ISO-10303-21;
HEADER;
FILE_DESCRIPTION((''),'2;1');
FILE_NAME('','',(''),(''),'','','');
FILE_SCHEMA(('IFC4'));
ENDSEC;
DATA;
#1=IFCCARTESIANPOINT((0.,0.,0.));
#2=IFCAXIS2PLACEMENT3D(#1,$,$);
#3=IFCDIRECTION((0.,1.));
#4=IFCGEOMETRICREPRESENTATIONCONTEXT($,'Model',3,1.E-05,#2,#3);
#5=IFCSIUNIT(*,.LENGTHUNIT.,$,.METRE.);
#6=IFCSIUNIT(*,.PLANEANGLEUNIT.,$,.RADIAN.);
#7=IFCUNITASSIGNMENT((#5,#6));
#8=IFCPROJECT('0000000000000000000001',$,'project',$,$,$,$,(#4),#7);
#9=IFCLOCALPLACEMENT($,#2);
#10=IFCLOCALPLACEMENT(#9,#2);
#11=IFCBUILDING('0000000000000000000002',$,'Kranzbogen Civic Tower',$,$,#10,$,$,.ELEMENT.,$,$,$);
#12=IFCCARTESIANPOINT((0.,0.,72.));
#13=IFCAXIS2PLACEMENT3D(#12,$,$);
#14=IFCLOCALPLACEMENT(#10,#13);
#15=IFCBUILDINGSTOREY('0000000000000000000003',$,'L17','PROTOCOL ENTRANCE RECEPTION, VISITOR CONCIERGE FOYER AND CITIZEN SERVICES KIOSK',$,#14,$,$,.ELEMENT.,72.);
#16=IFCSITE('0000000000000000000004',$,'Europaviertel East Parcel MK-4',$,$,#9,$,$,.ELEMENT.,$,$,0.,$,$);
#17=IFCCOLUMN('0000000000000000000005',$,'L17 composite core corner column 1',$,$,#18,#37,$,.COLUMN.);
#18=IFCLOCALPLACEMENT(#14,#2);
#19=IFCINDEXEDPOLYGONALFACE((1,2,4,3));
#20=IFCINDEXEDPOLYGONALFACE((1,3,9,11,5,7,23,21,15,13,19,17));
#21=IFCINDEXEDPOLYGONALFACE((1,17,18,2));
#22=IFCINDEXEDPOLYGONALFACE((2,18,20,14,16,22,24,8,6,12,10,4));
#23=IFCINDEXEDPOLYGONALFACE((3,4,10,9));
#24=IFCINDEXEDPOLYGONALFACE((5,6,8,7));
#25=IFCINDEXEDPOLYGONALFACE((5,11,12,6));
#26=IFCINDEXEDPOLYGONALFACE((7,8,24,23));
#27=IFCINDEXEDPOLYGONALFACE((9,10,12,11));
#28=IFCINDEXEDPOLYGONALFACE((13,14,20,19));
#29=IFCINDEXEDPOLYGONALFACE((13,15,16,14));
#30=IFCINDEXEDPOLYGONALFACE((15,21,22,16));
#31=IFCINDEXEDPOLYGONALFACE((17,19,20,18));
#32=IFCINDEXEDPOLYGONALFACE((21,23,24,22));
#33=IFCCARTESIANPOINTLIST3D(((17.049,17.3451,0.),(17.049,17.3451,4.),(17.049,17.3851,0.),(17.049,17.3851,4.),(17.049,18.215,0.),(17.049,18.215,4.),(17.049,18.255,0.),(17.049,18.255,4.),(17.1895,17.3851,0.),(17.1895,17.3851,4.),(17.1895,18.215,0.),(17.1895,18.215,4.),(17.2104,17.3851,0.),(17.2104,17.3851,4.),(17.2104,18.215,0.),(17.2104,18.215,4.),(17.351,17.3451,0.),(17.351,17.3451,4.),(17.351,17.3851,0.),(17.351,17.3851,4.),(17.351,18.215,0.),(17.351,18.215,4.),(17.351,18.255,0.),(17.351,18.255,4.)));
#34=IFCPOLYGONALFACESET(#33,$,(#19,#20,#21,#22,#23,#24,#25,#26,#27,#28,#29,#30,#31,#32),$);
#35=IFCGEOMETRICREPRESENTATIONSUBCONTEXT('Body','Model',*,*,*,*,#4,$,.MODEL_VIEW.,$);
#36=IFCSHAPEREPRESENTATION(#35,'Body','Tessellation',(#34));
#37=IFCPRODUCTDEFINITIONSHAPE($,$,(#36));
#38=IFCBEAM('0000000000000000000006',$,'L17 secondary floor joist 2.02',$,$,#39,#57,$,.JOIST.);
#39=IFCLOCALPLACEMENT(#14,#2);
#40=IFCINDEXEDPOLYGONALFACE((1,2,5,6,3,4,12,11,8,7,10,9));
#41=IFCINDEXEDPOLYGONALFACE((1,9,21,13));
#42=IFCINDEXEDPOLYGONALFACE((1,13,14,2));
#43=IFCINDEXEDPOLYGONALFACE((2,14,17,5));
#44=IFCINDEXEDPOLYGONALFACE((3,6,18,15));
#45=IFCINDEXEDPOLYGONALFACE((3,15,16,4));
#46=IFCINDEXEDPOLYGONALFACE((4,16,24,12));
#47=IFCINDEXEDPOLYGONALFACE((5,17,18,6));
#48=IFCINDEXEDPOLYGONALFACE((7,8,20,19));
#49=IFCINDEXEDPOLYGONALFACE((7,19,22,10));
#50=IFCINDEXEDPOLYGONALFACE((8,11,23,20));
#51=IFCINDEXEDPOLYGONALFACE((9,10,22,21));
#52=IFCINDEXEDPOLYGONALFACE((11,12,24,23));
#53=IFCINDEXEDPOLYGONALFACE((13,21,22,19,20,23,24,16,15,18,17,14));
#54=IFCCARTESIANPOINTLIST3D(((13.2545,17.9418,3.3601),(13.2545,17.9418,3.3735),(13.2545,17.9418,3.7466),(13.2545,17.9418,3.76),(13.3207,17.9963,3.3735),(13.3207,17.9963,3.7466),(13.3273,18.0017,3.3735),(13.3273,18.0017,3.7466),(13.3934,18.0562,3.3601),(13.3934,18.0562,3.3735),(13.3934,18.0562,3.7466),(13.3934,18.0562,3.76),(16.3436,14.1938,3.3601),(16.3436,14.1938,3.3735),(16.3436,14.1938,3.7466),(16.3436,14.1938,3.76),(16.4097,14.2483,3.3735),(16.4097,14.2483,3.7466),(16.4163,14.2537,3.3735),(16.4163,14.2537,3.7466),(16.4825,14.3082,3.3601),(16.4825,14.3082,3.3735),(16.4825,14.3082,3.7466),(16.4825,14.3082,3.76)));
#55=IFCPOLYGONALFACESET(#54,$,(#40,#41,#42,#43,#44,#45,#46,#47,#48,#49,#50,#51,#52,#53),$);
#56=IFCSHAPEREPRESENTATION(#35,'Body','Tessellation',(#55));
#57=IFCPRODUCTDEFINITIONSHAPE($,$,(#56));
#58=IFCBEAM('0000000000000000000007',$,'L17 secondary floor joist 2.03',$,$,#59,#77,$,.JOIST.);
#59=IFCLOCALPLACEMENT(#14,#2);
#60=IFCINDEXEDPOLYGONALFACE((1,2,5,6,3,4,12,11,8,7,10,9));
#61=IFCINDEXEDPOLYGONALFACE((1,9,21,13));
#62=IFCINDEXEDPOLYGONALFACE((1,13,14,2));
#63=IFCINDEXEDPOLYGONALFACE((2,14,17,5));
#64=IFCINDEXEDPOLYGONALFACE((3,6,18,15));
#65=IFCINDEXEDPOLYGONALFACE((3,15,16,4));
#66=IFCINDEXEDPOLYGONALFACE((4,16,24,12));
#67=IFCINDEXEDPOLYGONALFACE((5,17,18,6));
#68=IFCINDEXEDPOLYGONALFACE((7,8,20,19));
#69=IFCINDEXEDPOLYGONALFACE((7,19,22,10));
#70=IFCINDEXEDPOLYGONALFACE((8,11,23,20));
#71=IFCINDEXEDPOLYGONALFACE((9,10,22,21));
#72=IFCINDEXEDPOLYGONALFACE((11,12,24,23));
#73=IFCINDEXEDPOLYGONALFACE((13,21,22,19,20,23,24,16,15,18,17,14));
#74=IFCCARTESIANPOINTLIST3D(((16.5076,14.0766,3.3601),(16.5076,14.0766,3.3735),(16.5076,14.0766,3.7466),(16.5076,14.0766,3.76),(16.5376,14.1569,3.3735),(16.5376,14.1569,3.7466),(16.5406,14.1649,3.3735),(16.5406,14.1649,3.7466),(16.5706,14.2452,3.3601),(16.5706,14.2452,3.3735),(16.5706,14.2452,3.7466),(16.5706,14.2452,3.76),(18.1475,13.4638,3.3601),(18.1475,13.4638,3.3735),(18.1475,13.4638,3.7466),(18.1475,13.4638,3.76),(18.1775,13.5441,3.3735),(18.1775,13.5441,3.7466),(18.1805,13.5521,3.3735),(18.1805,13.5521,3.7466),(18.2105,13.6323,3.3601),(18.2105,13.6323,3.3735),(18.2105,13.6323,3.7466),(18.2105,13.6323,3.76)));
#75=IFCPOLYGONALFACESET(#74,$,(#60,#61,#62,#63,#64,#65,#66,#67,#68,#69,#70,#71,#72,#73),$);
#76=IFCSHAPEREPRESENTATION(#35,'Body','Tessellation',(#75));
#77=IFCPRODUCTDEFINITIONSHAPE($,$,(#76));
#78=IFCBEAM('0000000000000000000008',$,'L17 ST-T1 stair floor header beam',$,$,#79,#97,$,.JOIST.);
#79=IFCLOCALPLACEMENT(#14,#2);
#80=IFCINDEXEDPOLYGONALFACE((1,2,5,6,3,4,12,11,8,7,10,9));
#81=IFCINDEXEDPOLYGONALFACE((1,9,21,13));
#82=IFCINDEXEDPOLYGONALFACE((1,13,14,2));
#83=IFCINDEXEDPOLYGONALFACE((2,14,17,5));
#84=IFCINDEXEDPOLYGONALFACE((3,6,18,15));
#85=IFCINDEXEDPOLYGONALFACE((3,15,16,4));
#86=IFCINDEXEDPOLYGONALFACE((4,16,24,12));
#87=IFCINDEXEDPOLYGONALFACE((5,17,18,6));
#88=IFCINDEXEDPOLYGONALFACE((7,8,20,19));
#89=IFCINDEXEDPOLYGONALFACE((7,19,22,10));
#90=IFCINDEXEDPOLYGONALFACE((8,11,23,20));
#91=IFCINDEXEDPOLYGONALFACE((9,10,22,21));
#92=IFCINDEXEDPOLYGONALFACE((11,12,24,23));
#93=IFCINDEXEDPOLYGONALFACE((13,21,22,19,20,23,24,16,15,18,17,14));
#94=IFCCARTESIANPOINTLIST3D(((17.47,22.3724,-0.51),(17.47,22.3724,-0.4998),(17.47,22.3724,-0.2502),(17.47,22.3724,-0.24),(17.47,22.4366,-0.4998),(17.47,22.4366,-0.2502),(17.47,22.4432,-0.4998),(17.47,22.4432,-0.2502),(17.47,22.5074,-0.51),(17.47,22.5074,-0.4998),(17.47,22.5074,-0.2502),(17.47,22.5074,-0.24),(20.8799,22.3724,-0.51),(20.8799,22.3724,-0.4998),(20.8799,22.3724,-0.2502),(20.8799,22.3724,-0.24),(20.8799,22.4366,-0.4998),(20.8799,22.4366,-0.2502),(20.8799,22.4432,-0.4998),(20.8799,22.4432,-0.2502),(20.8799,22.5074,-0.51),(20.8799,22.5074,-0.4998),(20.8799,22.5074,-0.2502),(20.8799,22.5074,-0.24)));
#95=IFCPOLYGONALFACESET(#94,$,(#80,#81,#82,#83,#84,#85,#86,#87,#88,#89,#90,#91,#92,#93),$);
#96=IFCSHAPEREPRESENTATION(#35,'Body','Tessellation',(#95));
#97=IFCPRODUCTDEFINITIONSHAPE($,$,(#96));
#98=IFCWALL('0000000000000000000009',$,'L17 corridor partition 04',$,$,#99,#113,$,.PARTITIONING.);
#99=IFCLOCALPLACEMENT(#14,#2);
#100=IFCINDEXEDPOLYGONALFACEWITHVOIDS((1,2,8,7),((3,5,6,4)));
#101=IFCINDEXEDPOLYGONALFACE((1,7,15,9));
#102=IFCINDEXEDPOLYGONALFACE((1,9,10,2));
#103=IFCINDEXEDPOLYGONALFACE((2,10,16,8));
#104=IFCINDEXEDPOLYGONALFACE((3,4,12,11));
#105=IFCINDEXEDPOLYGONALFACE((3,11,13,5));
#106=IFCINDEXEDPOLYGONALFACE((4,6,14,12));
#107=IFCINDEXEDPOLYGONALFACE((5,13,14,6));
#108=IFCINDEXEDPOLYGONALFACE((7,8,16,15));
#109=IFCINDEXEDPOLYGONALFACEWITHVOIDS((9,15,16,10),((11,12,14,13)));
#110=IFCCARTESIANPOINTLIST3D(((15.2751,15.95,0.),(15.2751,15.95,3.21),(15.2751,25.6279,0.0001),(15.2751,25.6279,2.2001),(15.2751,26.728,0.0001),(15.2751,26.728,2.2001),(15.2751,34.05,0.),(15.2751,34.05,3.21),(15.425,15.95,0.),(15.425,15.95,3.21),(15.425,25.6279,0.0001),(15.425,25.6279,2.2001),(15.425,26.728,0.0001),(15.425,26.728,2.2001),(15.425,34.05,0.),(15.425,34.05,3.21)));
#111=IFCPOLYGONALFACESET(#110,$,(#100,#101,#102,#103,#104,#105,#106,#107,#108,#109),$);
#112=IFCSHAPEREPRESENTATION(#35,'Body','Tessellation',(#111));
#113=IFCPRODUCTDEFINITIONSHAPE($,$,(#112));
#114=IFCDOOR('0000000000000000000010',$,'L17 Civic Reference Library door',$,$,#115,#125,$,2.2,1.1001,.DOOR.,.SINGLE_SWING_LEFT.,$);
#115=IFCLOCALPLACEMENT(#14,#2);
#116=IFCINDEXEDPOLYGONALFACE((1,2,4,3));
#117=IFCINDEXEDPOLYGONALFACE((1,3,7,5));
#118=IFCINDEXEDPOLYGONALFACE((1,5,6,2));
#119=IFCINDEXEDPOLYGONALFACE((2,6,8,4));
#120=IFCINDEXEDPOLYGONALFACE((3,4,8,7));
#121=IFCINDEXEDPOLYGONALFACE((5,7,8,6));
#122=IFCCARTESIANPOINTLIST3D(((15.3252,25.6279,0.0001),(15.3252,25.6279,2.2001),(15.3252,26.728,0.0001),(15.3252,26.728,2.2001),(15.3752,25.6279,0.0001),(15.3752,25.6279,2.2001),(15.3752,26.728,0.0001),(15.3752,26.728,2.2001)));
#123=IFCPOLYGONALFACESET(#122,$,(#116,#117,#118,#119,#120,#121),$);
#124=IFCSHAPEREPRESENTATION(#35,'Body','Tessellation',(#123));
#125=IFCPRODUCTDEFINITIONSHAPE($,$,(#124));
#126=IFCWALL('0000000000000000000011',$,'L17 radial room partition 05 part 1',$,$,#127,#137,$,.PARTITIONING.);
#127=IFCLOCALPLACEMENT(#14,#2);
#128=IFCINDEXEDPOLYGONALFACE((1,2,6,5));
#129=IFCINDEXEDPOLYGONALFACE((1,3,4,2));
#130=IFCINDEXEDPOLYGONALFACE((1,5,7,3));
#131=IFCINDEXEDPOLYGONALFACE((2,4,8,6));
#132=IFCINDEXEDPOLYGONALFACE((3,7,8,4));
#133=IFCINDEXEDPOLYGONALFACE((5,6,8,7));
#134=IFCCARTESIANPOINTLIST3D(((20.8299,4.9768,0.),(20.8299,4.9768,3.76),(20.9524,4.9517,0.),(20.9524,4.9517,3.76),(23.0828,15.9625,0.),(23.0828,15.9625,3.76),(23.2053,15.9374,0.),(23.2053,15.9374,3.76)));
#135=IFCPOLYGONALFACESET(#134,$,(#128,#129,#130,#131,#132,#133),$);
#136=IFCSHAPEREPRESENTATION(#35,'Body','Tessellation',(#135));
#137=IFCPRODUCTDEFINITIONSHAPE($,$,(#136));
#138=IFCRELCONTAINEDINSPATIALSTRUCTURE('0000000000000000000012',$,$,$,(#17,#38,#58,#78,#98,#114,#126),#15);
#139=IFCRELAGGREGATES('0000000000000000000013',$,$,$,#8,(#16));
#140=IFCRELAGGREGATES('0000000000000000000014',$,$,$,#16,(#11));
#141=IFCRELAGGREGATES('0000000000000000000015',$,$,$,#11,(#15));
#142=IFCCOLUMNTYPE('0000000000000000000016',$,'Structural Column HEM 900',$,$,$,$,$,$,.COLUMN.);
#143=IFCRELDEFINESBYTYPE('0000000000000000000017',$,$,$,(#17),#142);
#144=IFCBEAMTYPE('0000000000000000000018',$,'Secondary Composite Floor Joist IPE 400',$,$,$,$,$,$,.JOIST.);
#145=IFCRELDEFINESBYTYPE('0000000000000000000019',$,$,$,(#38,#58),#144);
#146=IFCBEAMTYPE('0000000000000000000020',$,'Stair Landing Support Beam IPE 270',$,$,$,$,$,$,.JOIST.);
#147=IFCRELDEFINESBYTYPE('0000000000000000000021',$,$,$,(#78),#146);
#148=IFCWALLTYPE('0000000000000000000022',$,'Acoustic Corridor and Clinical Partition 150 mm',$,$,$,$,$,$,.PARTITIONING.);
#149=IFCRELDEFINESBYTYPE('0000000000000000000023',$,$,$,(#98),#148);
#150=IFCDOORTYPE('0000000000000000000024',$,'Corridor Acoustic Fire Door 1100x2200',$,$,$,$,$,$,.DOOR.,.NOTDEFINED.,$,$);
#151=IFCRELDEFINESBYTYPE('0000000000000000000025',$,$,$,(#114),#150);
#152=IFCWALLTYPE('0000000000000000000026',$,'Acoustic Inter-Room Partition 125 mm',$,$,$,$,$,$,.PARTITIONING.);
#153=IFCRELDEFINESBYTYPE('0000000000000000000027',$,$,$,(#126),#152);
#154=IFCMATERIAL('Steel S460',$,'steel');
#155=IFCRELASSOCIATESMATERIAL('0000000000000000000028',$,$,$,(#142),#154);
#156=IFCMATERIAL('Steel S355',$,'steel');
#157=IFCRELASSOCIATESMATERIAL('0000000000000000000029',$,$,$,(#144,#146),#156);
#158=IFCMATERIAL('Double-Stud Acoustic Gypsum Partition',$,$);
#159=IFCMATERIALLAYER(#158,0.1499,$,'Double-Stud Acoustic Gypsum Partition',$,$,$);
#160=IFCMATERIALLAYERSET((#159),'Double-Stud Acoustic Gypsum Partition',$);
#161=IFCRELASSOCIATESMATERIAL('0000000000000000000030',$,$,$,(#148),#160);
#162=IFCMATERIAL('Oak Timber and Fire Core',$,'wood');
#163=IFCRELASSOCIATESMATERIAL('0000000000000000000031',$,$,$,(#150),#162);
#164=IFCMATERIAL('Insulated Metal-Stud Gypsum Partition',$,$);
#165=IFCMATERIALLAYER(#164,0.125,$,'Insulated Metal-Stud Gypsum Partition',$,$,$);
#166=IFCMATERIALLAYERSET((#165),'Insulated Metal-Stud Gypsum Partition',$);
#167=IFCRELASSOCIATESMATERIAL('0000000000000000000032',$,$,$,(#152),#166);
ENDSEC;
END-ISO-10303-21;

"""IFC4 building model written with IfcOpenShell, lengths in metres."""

from ifc_helpers import new_model, si_unit, direction, frame, frame_2d, origin, origin_2d, place, context, subcontext, project, spatial, rectangle, i_section, extrude, material, layer, layer_set, material_profile, profile_set, type_object, element, fill, save


model = new_model("IFC4")

# Units and contexts
model_context = context("Model", 3, precision=1e-05, world=origin(), true_north=direction((0.0, 1.0)))
body_context = subcontext(model_context, "Body", "Model", "MODEL_VIEW")
ifc_project = project(units=[si_unit("LENGTHUNIT", "METRE"), si_unit("PLANEANGLEUNIT", "RADIAN")], contexts=[model_context])

# Site, building, storey
site_placement = place(None, origin())
site = spatial("IfcSite", under=ifc_project, at=site_placement, Name="Europaviertel East Parcel MK-4", CompositionType="ELEMENT", RefElevation=0.0)
building_placement = place(site_placement, origin())
building = spatial("IfcBuilding", under=site, at=building_placement, Name="Kranzbogen Civic Tower", CompositionType="ELEMENT")
storey_placement = place(building_placement, frame((0.0, 0.0, 72.0)))
storey = spatial("IfcBuildingStorey", under=building, at=storey_placement, Name="L17", Description="PROTOCOL ENTRANCE RECEPTION, VISITOR CONCIERGE FOYER AND CITIZEN SERVICES KIOSK", CompositionType="ELEMENT", Elevation=72.0)

# Column
ifc_material_1 = material(Name="Steel S460", Category="steel")
ifc_material_profile_1 = material_profile(ifc_material_1, i_section(OverallWidth=0.302, OverallDepth=0.9099, WebThickness=0.021, FlangeThickness=0.04, at=origin_2d()), Name="HEM 900")
ifc_profile_set_1 = profile_set([ifc_material_profile_1], Name="Steel S460")
column_type = type_object("IfcColumnType", Name="Structural Column HEM 900", PredefinedType="COLUMN", material=ifc_profile_set_1)
column_placement = place(storey_placement, frame((17.2, 17.8, 0.0), z_axis=(0.0, 0.0, 1.0), x_axis=(1.0, 0.0, 0.0)))
element("IfcColumn", 1, at=column_placement, inside=storey, type_object=column_type, Name="L17 composite core corner column 1", PredefinedType="COLUMN", context=body_context, shape_type="SweptSolid", body=[
    extrude(i_section(OverallWidth=0.302, OverallDepth=0.9099, WebThickness=0.021, FlangeThickness=0.04, at=origin_2d()), origin(), (0.0, 0.0, 1.0), 4.0),
])

# Beams
ifc_material_2 = material(Name="Steel S355", Category="steel")
ifc_material_profile_2 = material_profile(ifc_material_2, i_section(OverallWidth=0.1799, OverallDepth=0.3999, WebThickness=0.0085, FlangeThickness=0.0134, at=origin_2d()), Name="IPE 400")
ifc_profile_set_2 = profile_set([ifc_material_profile_2], Name="Steel S355")
beam_type_1 = type_object("IfcBeamType", Name="Secondary Composite Floor Joist IPE 400", PredefinedType="JOIST", material=ifc_profile_set_2)
beam_1_placement = place(storey_placement, frame((13.324, 17.999, 3.5601), z_axis=(0.636012, -0.771679, 0.0), x_axis=(0.771679, 0.636012, 0.0)))
element("IfcBeam", 2, at=beam_1_placement, inside=storey, type_object=beam_type_1, Name="L17 secondary floor joist 2.02", PredefinedType="JOIST", context=body_context, shape_type="SweptSolid", body=[
    extrude(i_section(OverallWidth=0.1799, OverallDepth=0.3999, WebThickness=0.0085, FlangeThickness=0.0134, at=origin_2d()), origin(), (0.0, 0.0, 1.0), 4.8569),
])
beam_2_placement = place(storey_placement, frame((16.5391, 14.1609, 3.5601), z_axis=(0.936735, -0.350038, 0.0), x_axis=(0.350038, 0.936735, 0.0)))
element("IfcBeam", 3, at=beam_2_placement, inside=storey, type_object=beam_type_1, Name="L17 secondary floor joist 2.03", PredefinedType="JOIST", context=body_context, shape_type="SweptSolid", body=[
    extrude(i_section(OverallWidth=0.1799, OverallDepth=0.3999, WebThickness=0.0085, FlangeThickness=0.0134, at=origin_2d()), origin(), (0.0, 0.0, 1.0), 1.7507),
])
ifc_material_profile_3 = material_profile(ifc_material_2, i_section(OverallWidth=0.135, OverallDepth=0.27, WebThickness=0.0066, FlangeThickness=0.0103, at=origin_2d()), Name="IPE 270")
ifc_profile_set_3 = profile_set([ifc_material_profile_3], Name="Steel S355")
beam_type_2 = type_object("IfcBeamType", Name="Stair Landing Support Beam IPE 270", PredefinedType="JOIST", material=ifc_profile_set_3)
beam_3_placement = place(storey_placement, frame((20.8799, 22.4399, -0.375), z_axis=(-1.0, 0.0, 0.0), x_axis=(0.0, -1.0, 0.0)))
element("IfcBeam", 4, at=beam_3_placement, inside=storey, type_object=beam_type_2, Name="L17 ST-T1 stair floor header beam", PredefinedType="JOIST", context=body_context, shape_type="SweptSolid", body=[
    extrude(i_section(OverallWidth=0.135, OverallDepth=0.27, WebThickness=0.0066, FlangeThickness=0.0103, at=origin_2d()), origin(), (0.0, 0.0, 1.0), 3.4099),
])

# Wall, opening, door
ifc_material_3 = material(Name="Double-Stud Acoustic Gypsum Partition")
ifc_layer_1 = layer(ifc_material_3, 0.1499, Name="Double-Stud Acoustic Gypsum Partition")
ifc_layer_set_1 = layer_set([ifc_layer_1], Name="Double-Stud Acoustic Gypsum Partition")
wall_type_1 = type_object("IfcWallType", Name="Acoustic Corridor and Clinical Partition 150 mm", PredefinedType="PARTITIONING", material=ifc_layer_set_1)
wall_1_placement = place(storey_placement, frame((15.3501, 15.95, 0.0), z_axis=(0.0, 0.0, 1.0), x_axis=(0.0, 1.0, 0.0)))
wall_1 = element("IfcWall", 5, at=wall_1_placement, inside=storey, type_object=wall_type_1, Name="L17 corridor partition 04", PredefinedType="PARTITIONING", context=body_context, shape_type="SweptSolid", body=[
    extrude(rectangle(XDim=18.1001, YDim=0.1499, at=frame_2d((9.05, 0.0))), origin(), (0.0, 0.0, 1.0), 3.21),
])
opening_1_placement = place(wall_1_placement, frame((9.678, 0.0, 0.0)))
opening_1 = element("IfcOpeningElement", 6, at=opening_1_placement, cuts=wall_1, PredefinedType="OPENING", context=body_context, shape_type="SweptSolid", body=[
    extrude(rectangle(XDim=1.1001, YDim=2.2, at=frame_2d((0.55, 1.1001))), frame((0.0, 0.085, 0.0), z_axis=(0.0, -1.0, 0.0), x_axis=(1.0, 0.0, 0.0)), (0.0, 0.0, 1.0), 0.1699),
])
ifc_material_4 = material(Name="Oak Timber and Fire Core", Category="wood")
door_type_1 = type_object("IfcDoorType", Name="Corridor Acoustic Fire Door 1100x2200", OperationType="NOTDEFINED", PredefinedType="DOOR", material=ifc_material_4)
door_1_placement = place(opening_1_placement, origin())
door_1 = element("IfcDoor", 7, at=door_1_placement, inside=storey, type_object=door_type_1, Name="L17 Civic Reference Library door", OperationType="SINGLE_SWING_LEFT", OverallHeight=2.2, OverallWidth=1.1001, PredefinedType="DOOR", context=body_context, shape_type="SweptSolid", body=[
    extrude(rectangle(XDim=1.1001, YDim=2.2, at=frame_2d((0.55, 1.1001))), frame((0.0, 0.0249, 0.0), z_axis=(0.0, -1.0, 0.0), x_axis=(1.0, 0.0, 0.0)), (0.0, 0.0, 1.0), 0.05),
])
fill(opening_1, door_1)

# Wall
ifc_material_5 = material(Name="Insulated Metal-Stud Gypsum Partition")
ifc_layer_2 = layer(ifc_material_5, 0.125, Name="Insulated Metal-Stud Gypsum Partition")
ifc_layer_set_2 = layer_set([ifc_layer_2], Name="Insulated Metal-Stud Gypsum Partition")
wall_type_2 = type_object("IfcWallType", Name="Acoustic Inter-Room Partition 125 mm", PredefinedType="PARTITIONING", material=ifc_layer_set_2)
wall_2_placement = place(storey_placement, frame((23.144, 15.95, 0.0), z_axis=(0.0, 0.0, 1.0), x_axis=(-0.200895, -0.979613, 0.0)))
element("IfcWall", 8, at=wall_2_placement, inside=storey, type_object=wall_type_2, Name="L17 radial room partition 05 part 1", PredefinedType="PARTITIONING", context=body_context, shape_type="SweptSolid", body=[
    extrude(rectangle(XDim=11.2144, YDim=0.125, at=frame_2d((5.6072, 0.0))), origin(), (0.0, 0.0, 1.0), 3.76),
])

save(model, "model.ifc")
